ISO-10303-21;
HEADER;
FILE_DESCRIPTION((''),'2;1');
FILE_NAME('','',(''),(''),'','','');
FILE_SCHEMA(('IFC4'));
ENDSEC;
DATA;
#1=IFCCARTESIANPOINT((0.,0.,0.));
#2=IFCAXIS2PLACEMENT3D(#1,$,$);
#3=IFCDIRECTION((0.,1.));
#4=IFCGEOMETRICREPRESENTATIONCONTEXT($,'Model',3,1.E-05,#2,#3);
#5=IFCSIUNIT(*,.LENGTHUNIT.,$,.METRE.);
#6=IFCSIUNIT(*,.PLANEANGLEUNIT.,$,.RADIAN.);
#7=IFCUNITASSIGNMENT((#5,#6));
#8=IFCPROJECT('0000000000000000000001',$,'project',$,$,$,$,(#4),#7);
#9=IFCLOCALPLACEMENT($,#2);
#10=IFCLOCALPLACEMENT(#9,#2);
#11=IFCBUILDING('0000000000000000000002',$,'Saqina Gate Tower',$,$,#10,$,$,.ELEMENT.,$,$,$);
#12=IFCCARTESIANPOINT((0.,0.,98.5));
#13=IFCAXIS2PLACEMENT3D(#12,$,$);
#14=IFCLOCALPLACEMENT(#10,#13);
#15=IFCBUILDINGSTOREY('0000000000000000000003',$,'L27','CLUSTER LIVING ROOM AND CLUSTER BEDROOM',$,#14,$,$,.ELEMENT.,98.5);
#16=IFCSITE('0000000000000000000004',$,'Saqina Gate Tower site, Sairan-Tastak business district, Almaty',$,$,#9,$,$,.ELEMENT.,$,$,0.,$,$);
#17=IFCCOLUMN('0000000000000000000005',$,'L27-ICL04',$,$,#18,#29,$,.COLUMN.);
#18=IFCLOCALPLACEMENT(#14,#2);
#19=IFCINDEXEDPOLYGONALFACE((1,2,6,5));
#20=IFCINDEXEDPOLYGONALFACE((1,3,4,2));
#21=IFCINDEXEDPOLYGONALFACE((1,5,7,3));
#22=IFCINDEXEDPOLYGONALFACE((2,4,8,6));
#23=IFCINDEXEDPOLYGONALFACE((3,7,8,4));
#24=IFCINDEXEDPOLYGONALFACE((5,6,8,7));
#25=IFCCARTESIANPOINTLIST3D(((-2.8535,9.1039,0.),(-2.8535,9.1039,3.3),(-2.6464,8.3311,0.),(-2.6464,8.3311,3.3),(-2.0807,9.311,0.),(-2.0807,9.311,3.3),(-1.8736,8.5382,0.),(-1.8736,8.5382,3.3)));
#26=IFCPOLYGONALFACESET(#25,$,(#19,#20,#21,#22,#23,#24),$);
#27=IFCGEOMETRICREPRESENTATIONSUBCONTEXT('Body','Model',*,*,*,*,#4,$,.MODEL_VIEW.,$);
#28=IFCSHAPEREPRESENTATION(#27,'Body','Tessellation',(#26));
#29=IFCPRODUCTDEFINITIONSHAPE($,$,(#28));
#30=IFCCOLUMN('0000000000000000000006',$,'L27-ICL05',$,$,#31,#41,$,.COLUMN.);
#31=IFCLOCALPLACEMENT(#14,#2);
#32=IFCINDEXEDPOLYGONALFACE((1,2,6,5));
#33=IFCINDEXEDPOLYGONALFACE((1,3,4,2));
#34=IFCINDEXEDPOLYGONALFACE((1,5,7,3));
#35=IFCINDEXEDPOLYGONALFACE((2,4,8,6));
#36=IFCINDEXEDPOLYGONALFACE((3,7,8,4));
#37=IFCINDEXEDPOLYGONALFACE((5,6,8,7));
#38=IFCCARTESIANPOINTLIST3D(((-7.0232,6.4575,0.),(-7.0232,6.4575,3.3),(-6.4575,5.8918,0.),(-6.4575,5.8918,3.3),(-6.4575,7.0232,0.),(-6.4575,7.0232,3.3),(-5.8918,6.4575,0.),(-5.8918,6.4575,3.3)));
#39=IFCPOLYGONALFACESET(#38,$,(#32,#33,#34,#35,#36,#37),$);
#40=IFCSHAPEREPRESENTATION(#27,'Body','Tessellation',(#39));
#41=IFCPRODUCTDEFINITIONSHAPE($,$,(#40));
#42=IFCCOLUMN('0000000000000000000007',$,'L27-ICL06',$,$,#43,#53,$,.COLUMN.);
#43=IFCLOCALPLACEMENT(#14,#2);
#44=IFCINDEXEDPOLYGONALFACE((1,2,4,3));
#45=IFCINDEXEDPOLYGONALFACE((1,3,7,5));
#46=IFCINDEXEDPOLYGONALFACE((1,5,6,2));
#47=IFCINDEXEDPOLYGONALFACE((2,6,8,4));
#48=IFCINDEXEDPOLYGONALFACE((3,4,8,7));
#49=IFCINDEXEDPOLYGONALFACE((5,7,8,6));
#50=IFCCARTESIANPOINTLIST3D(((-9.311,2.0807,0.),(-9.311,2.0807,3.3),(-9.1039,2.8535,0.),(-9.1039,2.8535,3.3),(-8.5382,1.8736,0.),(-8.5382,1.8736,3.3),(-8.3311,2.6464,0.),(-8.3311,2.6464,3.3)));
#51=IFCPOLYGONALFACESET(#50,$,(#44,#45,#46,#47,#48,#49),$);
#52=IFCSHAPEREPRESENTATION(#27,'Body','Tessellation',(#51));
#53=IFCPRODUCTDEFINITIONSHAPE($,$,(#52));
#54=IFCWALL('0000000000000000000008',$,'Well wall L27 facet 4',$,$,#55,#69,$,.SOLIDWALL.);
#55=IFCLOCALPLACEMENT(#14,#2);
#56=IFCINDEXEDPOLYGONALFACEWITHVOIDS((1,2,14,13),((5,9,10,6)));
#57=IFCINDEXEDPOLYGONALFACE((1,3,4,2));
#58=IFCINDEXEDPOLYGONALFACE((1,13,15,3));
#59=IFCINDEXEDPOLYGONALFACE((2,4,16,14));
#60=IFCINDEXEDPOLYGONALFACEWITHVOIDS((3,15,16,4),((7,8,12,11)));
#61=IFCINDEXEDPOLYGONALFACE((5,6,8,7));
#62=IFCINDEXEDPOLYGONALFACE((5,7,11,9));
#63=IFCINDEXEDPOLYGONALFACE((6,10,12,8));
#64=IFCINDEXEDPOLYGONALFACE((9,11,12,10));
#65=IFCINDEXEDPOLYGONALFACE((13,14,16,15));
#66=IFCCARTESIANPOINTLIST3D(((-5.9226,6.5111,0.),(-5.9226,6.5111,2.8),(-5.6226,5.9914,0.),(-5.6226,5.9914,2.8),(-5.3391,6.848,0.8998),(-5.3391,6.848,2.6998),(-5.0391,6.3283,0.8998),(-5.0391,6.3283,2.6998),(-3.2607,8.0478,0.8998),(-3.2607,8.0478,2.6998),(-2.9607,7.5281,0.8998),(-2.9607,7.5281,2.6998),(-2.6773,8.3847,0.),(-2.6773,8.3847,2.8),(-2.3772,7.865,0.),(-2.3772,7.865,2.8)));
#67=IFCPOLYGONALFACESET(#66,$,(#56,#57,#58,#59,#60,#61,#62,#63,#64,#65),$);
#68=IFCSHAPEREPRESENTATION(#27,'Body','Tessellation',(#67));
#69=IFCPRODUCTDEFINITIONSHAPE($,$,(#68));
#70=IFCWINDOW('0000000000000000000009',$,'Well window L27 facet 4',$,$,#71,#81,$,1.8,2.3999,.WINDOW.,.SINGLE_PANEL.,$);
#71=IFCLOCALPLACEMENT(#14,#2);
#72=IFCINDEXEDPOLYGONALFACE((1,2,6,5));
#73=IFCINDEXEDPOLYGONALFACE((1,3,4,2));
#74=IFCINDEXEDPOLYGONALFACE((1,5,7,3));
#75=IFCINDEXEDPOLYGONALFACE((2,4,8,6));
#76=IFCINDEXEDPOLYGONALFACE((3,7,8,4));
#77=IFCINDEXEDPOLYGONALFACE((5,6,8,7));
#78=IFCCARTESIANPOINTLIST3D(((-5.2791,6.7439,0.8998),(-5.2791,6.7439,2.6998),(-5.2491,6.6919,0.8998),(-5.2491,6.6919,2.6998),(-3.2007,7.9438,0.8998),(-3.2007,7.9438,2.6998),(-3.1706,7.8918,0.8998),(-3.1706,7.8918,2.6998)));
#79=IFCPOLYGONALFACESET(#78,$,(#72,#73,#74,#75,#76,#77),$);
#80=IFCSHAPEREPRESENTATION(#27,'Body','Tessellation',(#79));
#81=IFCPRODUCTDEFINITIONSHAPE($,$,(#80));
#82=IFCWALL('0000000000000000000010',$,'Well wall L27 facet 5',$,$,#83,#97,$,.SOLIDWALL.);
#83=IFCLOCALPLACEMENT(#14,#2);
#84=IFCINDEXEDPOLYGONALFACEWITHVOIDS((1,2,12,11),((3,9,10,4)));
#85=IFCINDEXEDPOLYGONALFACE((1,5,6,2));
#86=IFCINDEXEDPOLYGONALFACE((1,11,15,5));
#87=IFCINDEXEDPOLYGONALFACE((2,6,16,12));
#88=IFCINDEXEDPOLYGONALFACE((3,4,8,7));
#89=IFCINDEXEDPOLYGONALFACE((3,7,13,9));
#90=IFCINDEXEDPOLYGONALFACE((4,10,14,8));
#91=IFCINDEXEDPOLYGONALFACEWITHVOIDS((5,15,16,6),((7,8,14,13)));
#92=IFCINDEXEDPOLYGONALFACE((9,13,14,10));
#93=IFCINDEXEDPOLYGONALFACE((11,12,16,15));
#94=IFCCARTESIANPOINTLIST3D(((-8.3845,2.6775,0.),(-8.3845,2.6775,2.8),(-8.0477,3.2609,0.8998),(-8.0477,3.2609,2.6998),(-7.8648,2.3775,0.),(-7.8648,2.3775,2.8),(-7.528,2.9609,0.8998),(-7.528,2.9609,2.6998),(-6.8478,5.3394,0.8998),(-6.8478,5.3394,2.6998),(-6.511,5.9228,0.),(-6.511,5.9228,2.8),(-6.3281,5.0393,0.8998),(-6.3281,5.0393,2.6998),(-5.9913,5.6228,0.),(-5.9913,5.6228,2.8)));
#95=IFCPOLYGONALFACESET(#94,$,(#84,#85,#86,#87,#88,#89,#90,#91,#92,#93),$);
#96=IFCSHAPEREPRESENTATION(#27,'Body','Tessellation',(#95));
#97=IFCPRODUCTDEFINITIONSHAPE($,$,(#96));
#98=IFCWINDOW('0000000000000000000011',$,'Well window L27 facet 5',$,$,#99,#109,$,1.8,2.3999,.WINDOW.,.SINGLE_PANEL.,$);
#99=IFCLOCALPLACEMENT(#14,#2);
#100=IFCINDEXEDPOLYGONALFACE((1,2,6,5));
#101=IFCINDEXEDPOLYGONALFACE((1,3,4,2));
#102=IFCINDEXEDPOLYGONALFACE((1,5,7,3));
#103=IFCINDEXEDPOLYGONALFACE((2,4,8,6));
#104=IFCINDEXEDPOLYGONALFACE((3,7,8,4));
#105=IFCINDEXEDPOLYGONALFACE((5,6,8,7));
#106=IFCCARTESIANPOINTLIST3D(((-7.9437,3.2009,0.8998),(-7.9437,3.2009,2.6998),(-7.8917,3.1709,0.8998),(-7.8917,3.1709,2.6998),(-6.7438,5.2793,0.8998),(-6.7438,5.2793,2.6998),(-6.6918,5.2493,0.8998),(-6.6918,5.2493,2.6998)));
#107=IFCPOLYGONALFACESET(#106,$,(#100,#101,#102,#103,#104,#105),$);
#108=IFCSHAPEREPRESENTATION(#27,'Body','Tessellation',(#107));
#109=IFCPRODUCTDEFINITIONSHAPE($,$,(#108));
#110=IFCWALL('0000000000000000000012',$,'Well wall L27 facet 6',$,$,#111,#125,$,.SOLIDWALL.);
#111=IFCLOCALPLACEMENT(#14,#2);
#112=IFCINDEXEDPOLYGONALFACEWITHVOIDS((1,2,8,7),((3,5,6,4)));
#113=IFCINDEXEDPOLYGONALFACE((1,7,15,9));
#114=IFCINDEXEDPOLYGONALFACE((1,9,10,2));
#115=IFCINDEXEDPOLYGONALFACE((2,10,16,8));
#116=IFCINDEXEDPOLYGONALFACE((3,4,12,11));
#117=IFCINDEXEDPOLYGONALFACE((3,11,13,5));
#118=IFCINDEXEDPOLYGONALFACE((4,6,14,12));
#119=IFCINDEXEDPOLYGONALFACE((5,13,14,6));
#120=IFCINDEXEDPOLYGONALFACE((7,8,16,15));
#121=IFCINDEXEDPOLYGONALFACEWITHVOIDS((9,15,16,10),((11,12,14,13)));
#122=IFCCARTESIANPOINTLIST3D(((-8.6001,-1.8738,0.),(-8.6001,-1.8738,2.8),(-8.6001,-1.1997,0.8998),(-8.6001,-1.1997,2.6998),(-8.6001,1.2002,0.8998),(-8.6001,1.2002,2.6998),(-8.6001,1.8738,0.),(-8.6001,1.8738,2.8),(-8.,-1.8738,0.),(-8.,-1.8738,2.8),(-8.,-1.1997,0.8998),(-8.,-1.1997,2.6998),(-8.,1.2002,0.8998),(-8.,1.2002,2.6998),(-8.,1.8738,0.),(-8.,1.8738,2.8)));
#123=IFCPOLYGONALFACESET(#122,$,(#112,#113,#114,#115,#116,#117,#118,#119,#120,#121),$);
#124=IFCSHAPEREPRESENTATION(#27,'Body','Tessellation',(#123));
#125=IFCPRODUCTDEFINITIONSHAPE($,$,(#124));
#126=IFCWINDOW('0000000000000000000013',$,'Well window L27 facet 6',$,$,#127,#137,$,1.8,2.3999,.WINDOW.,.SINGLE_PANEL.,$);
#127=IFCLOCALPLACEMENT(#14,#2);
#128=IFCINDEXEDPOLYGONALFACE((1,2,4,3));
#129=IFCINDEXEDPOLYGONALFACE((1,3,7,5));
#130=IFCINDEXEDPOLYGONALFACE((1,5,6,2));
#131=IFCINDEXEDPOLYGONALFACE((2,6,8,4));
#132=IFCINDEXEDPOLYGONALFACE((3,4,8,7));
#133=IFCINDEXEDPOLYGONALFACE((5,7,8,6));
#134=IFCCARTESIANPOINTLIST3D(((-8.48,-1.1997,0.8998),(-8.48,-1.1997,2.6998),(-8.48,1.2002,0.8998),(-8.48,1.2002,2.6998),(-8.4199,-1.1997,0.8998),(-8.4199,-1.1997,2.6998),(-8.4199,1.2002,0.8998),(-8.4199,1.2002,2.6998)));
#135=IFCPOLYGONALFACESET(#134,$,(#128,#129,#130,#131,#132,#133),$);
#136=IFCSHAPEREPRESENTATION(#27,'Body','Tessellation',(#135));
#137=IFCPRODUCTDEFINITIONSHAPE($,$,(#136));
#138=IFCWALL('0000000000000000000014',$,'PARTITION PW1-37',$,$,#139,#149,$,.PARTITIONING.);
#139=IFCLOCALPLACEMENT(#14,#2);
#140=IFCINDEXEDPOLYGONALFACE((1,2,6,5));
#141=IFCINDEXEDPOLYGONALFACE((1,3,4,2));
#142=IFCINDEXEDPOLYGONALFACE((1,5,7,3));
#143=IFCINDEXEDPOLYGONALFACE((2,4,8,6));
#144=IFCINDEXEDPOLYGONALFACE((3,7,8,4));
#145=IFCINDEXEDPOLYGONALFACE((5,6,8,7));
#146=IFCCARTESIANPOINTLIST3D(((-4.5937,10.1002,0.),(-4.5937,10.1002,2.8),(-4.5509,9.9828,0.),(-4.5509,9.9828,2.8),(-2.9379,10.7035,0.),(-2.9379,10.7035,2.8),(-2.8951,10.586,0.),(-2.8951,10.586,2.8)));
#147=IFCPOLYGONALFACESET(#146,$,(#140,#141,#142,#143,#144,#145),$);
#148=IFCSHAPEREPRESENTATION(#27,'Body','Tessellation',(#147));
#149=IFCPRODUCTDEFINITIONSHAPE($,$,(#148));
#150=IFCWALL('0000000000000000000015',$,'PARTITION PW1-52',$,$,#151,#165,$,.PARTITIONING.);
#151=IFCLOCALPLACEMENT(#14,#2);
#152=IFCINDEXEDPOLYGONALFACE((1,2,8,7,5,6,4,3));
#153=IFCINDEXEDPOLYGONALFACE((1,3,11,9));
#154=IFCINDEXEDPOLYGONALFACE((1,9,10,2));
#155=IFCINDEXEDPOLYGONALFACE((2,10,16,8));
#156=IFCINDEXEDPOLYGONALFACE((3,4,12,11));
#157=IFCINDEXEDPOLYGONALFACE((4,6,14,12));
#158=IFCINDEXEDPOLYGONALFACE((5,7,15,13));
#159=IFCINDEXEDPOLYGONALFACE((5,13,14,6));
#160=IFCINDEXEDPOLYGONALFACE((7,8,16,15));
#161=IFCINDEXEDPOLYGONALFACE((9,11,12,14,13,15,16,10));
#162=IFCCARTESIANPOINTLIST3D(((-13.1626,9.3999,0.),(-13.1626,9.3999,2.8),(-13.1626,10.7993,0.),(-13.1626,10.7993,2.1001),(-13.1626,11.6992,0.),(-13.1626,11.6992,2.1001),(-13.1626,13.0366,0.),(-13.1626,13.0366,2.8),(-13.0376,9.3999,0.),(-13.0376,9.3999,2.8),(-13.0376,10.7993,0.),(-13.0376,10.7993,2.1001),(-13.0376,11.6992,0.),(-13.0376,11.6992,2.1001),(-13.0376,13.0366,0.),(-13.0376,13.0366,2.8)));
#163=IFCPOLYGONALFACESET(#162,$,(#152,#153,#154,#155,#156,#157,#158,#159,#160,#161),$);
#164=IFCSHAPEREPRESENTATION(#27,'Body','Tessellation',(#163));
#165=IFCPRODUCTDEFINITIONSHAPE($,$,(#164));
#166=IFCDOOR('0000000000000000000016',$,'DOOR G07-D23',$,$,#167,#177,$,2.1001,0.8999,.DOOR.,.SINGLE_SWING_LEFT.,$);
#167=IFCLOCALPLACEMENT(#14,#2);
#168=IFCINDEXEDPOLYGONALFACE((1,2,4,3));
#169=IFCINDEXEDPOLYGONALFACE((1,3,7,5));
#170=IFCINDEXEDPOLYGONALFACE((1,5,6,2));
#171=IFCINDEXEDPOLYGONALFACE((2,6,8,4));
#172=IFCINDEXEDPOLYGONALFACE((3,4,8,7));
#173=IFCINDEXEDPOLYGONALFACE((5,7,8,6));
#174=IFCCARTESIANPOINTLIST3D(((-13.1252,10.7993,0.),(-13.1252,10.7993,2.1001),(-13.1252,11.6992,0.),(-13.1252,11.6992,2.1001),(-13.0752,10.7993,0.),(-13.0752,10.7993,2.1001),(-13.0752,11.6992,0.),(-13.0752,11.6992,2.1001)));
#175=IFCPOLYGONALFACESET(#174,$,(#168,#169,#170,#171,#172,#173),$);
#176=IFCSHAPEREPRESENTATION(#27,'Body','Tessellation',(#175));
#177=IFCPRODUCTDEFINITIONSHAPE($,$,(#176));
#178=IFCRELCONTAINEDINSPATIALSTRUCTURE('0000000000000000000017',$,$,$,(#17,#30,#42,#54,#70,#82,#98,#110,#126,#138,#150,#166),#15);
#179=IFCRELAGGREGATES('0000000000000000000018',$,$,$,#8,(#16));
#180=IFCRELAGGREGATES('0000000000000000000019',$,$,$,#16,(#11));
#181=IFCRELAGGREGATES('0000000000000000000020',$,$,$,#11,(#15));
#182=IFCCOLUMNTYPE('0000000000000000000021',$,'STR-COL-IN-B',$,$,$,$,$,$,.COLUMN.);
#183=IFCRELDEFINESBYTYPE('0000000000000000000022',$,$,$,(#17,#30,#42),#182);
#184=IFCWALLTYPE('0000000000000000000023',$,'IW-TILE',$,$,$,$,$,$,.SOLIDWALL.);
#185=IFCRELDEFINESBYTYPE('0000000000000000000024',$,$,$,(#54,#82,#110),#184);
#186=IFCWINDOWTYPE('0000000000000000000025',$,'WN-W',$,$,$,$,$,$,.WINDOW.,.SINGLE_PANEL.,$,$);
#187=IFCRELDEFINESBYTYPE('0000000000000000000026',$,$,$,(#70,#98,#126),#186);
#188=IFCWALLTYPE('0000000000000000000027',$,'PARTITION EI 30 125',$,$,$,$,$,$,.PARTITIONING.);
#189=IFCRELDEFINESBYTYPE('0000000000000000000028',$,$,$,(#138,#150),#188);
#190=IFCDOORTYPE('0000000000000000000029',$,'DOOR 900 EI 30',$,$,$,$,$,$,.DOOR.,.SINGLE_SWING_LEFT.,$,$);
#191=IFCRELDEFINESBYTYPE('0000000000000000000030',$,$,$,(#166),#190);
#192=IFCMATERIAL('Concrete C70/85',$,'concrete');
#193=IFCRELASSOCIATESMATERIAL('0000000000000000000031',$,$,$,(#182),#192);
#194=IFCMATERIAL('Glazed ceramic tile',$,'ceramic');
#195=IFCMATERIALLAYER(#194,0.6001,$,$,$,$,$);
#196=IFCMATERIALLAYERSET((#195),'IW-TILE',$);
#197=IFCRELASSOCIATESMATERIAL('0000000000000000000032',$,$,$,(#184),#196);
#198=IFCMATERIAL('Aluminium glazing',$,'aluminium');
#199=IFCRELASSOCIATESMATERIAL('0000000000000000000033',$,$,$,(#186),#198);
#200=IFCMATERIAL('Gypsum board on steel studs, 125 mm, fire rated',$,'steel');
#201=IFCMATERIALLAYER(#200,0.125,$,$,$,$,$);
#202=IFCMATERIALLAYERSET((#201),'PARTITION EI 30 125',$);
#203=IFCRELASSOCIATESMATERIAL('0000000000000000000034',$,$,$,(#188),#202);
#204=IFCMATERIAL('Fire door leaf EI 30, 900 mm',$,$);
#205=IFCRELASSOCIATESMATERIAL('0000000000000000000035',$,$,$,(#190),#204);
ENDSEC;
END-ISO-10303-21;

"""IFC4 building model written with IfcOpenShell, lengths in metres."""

from ifc_helpers import new_model, si_unit, direction, frame, frame_2d, origin, origin_2d, place, context, subcontext, project, spatial, rectangle, extrude, material, layer, layer_set, material_profile, profile_set, type_object, element, fill, save


model = new_model("IFC4")

# Units and contexts
model_context = context("Model", 3, precision=1e-05, world=origin(), true_north=direction((0.0, 1.0)))
body_context = subcontext(model_context, "Body", "Model", "MODEL_VIEW")
ifc_project = project(units=[si_unit("LENGTHUNIT", "METRE"), si_unit("PLANEANGLEUNIT", "RADIAN")], contexts=[model_context])

# Site, building, storey
site_placement = place(None, origin())
site = spatial("IfcSite", under=ifc_project, at=site_placement, Name="Saqina Gate Tower site, Sairan-Tastak business district, Almaty", CompositionType="ELEMENT", RefElevation=0.0)
building_placement = place(site_placement, origin())
building = spatial("IfcBuilding", under=site, at=building_placement, Name="Saqina Gate Tower", CompositionType="ELEMENT")
storey_placement = place(building_placement, frame((0.0, 0.0, 98.5)))
storey = spatial("IfcBuildingStorey", under=building, at=storey_placement, Name="L27", Description="CLUSTER LIVING ROOM AND CLUSTER BEDROOM", CompositionType="ELEMENT", Elevation=98.5)

# Columns
ifc_material_1 = material(Name="Concrete C70/85", Category="concrete")
ifc_material_profile = material_profile(ifc_material_1, rectangle(XDim=0.8, YDim=0.8, at=origin_2d()), Name="RC 800x800")
ifc_profile_set = profile_set([ifc_material_profile], Name="Concrete C70/85")
column_type = type_object("IfcColumnType", Name="STR-COL-IN-B", PredefinedType="COLUMN", material=ifc_profile_set)
for number, where, z_axis, x_axis, name in (
    (1, (-2.3635, 8.821, 0.0), (0.0, 0.0, 1.0), (-0.258819, 0.965926, 0.0), "L27-ICL04"),
    (2, (-6.4575, 6.4575, 0.0), (0.0, 0.0, 1.0), (-0.707107, 0.707107, 0.0), "L27-ICL05"),
    (3, (-8.821, 2.3635, 0.0), (0.0, 0.0, 1.0), (-0.965926, 0.258819, 0.0), "L27-ICL06"),
):
    element("IfcColumn", number, at=place(storey_placement, frame(where, z_axis=z_axis, x_axis=x_axis)), inside=storey, type_object=column_type, Name=name, PredefinedType="COLUMN", context=body_context, shape_type="SweptSolid", body=[
        extrude(rectangle(XDim=0.8, YDim=0.8, at=origin_2d()), origin(), (0.0, 0.0, 1.0), 3.3),
    ])

# Walls, openings, windows
ifc_material_2 = material(Name="Glazed ceramic tile", Category="ceramic")
ifc_layer_1 = layer(ifc_material_2, 0.6001)
ifc_layer_set_1 = layer_set([ifc_layer_1], Name="IW-TILE")
wall_type_1 = type_object("IfcWallType", Name="IW-TILE", PredefinedType="SOLIDWALL", material=ifc_layer_set_1)
wall_1_placement = place(storey_placement, frame((-2.5273, 8.1248, 0.0), z_axis=(0.0, 0.0, 1.0), x_axis=(-0.866046, -0.499965, 0.0)))
wall_1 = element("IfcWall", 4, at=wall_1_placement, inside=storey, type_object=wall_type_1, Name="Well wall L27 facet 4", PredefinedType="SOLIDWALL", context=body_context, shape_type="SweptSolid", body=[
    extrude(rectangle(XDim=3.7473, YDim=0.6001, at=frame_2d((1.8735, 0.0))), origin(), (0.0, 0.0, 1.0), 2.8),
])
opening_1_placement = place(wall_1_placement, frame((0.6736, 0.0, 0.8999)))
opening_1 = element("IfcOpeningElement", 5, at=opening_1_placement, cuts=wall_1, PredefinedType="OPENING", context=body_context, shape_type="SweptSolid", body=[
    extrude(rectangle(XDim=2.3999, YDim=1.8, at=frame_2d((1.2, 0.8999))), frame((0.0, 0.312, 0.0), z_axis=(0.0, -1.0, 0.0), x_axis=(1.0, 0.0, 0.0)), (0.0, 0.0, 1.0), 0.624),
])
ifc_material_3 = material(Name="Aluminium glazing", Category="aluminium")
window_type = type_object("IfcWindowType", Name="WN-W", PartitioningType="SINGLE_PANEL", PredefinedType="WINDOW", material=ifc_material_3)
window_1_placement = place(opening_1_placement, origin())
window_1 = element("IfcWindow", 6, at=window_1_placement, inside=storey, type_object=window_type, Name="Well window L27 facet 4", OverallHeight=1.8, OverallWidth=2.3999, PartitioningType="SINGLE_PANEL", PredefinedType="WINDOW", context=body_context, shape_type="SweptSolid", body=[
    extrude(rectangle(XDim=2.3999, YDim=1.8, at=frame_2d((1.2, 0.8999))), frame((0.0, -0.1199, 0.0), z_axis=(0.0, -1.0, 0.0), x_axis=(1.0, 0.0, 0.0)), (0.0, 0.0, 1.0), 0.0601),
])
fill(opening_1, window_1)
wall_2_placement = place(storey_placement, frame((-6.2512, 5.7727, 0.0), z_axis=(0.0, 0.0, 1.0), x_axis=(-0.499965, -0.866046, 0.0)))
wall_2 = element("IfcWall", 7, at=wall_2_placement, inside=storey, type_object=wall_type_1, Name="Well wall L27 facet 5", PredefinedType="SOLIDWALL", context=body_context, shape_type="SweptSolid", body=[
    extrude(rectangle(XDim=3.7473, YDim=0.6001, at=frame_2d((1.8735, 0.0))), origin(), (0.0, 0.0, 1.0), 2.8),
])
opening_2_placement = place(wall_2_placement, frame((0.6736, 0.0, 0.8999)))
opening_2 = element("IfcOpeningElement", 8, at=opening_2_placement, cuts=wall_2, PredefinedType="OPENING", context=body_context, shape_type="SweptSolid", body=[
    extrude(rectangle(XDim=2.3999, YDim=1.8, at=frame_2d((1.2, 0.8999))), frame((0.0, 0.312, 0.0), z_axis=(0.0, -1.0, 0.0), x_axis=(1.0, 0.0, 0.0)), (0.0, 0.0, 1.0), 0.624),
])
window_2_placement = place(opening_2_placement, origin())
window_2 = element("IfcWindow", 9, at=window_2_placement, inside=storey, type_object=window_type, Name="Well window L27 facet 5", OverallHeight=1.8, OverallWidth=2.3999, PartitioningType="SINGLE_PANEL", PredefinedType="WINDOW", context=body_context, shape_type="SweptSolid", body=[
    extrude(rectangle(XDim=2.3999, YDim=1.8, at=frame_2d((1.2, 0.8999))), frame((0.0, -0.1199, 0.0), z_axis=(0.0, -1.0, 0.0), x_axis=(1.0, 0.0, 0.0)), (0.0, 0.0, 1.0), 0.0601),
])
fill(opening_2, window_2)
wall_3_placement = place(storey_placement, frame((-8.3, 1.8738, 0.0), z_axis=(0.0, 0.0, 1.0), x_axis=(0.0, -1.0, 0.0)))
wall_3 = element("IfcWall", 10, at=wall_3_placement, inside=storey, type_object=wall_type_1, Name="Well wall L27 facet 6", PredefinedType="SOLIDWALL", context=body_context, shape_type="SweptSolid", body=[
    extrude(rectangle(XDim=3.7476, YDim=0.6001, at=frame_2d((1.8738, 0.0))), origin(), (0.0, 0.0, 1.0), 2.8),
])
opening_3_placement = place(wall_3_placement, frame((0.6736, 0.0, 0.8999)))
opening_3 = element("IfcOpeningElement", 11, at=opening_3_placement, cuts=wall_3, PredefinedType="OPENING", context=body_context, shape_type="SweptSolid", body=[
    extrude(rectangle(XDim=2.3999, YDim=1.8, at=frame_2d((1.2, 0.8999))), frame((0.0, 0.312, 0.0), z_axis=(0.0, -1.0, 0.0), x_axis=(1.0, 0.0, 0.0)), (0.0, 0.0, 1.0), 0.624),
])
window_3_placement = place(opening_3_placement, origin())
window_3 = element("IfcWindow", 12, at=window_3_placement, inside=storey, type_object=window_type, Name="Well window L27 facet 6", OverallHeight=1.8, OverallWidth=2.3999, PartitioningType="SINGLE_PANEL", PredefinedType="WINDOW", context=body_context, shape_type="SweptSolid", body=[
    extrude(rectangle(XDim=2.3999, YDim=1.8, at=frame_2d((1.2, 0.8999))), frame((0.0, -0.1199, 0.0), z_axis=(0.0, -1.0, 0.0), x_axis=(1.0, 0.0, 0.0)), (0.0, 0.0, 1.0), 0.0601),
])
fill(opening_3, window_3)

# Wall
ifc_material_4 = material(Name="Gypsum board on steel studs, 125 mm, fire rated", Category="steel")
ifc_layer_2 = layer(ifc_material_4, 0.125)
ifc_layer_set_2 = layer_set([ifc_layer_2], Name="PARTITION EI 30 125")
wall_type_2 = type_object("IfcWallType", Name="PARTITION EI 30 125", PredefinedType="PARTITIONING", material=ifc_layer_set_2)
wall_4_placement = place(storey_placement, frame((-4.5723, 10.0415, 0.0), z_axis=(0.0, 0.0, 1.0), x_axis=(0.939579, 0.342333, 0.0)))
element("IfcWall", 13, at=wall_4_placement, inside=storey, type_object=wall_type_2, Name="PARTITION PW1-37", PredefinedType="PARTITIONING", context=body_context, shape_type="SweptSolid", body=[
    extrude(rectangle(XDim=1.7622, YDim=0.125, at=frame_2d((0.8811, 0.0))), origin(), (0.0, 0.0, 1.0), 2.8),
])

# Wall, opening, door
wall_5_placement = place(storey_placement, frame((-13.1001, 9.3999, 0.0), z_axis=(0.0, 0.0, 1.0), x_axis=(0.0, 1.0, 0.0)))
wall_5 = element("IfcWall", 14, at=wall_5_placement, inside=storey, type_object=wall_type_2, Name="PARTITION PW1-52", PredefinedType="PARTITIONING", context=body_context, shape_type="SweptSolid", body=[
    extrude(rectangle(XDim=3.6367, YDim=0.125, at=frame_2d((1.8184, 0.0))), origin(), (0.0, 0.0, 1.0), 2.8),
])
opening_4_placement = place(wall_5_placement, frame((1.3994, 0.0, 0.0)))
opening_4 = element("IfcOpeningElement", 15, at=opening_4_placement, cuts=wall_5, PredefinedType="OPENING", context=body_context, shape_type="SweptSolid", body=[
    extrude(rectangle(XDim=0.8999, YDim=2.1001, at=frame_2d((0.45, 1.05))), frame((0.0, 0.0745, 0.0), z_axis=(0.0, -1.0, 0.0), x_axis=(1.0, 0.0, 0.0)), (0.0, 0.0, 1.0), 0.1489),
])
ifc_material_5 = material(Name="Fire door leaf EI 30, 900 mm")
door_type_1 = type_object("IfcDoorType", Name="DOOR 900 EI 30", OperationType="SINGLE_SWING_LEFT", PredefinedType="DOOR", material=ifc_material_5)
door_1_placement = place(opening_4_placement, frame((0.8999, 0.0, 0.0), z_axis=(0.0, 0.0, 1.0), x_axis=(-1.0, 0.0, 0.0)))
door_1 = element("IfcDoor", 16, at=door_1_placement, inside=storey, type_object=door_type_1, Name="DOOR G07-D23", OperationType="SINGLE_SWING_LEFT", OverallHeight=2.1001, OverallWidth=0.8999, PredefinedType="DOOR", context=body_context, shape_type="SweptSolid", body=[
    extrude(rectangle(XDim=0.8999, YDim=2.1001, at=frame_2d((0.45, 1.05))), frame((0.0, 0.0249, 0.0), z_axis=(0.0, -1.0, 0.0), x_axis=(1.0, 0.0, 0.0)), (0.0, 0.0, 1.0), 0.05),
])
fill(opening_4, door_1)

save(model, "model.ifc")
